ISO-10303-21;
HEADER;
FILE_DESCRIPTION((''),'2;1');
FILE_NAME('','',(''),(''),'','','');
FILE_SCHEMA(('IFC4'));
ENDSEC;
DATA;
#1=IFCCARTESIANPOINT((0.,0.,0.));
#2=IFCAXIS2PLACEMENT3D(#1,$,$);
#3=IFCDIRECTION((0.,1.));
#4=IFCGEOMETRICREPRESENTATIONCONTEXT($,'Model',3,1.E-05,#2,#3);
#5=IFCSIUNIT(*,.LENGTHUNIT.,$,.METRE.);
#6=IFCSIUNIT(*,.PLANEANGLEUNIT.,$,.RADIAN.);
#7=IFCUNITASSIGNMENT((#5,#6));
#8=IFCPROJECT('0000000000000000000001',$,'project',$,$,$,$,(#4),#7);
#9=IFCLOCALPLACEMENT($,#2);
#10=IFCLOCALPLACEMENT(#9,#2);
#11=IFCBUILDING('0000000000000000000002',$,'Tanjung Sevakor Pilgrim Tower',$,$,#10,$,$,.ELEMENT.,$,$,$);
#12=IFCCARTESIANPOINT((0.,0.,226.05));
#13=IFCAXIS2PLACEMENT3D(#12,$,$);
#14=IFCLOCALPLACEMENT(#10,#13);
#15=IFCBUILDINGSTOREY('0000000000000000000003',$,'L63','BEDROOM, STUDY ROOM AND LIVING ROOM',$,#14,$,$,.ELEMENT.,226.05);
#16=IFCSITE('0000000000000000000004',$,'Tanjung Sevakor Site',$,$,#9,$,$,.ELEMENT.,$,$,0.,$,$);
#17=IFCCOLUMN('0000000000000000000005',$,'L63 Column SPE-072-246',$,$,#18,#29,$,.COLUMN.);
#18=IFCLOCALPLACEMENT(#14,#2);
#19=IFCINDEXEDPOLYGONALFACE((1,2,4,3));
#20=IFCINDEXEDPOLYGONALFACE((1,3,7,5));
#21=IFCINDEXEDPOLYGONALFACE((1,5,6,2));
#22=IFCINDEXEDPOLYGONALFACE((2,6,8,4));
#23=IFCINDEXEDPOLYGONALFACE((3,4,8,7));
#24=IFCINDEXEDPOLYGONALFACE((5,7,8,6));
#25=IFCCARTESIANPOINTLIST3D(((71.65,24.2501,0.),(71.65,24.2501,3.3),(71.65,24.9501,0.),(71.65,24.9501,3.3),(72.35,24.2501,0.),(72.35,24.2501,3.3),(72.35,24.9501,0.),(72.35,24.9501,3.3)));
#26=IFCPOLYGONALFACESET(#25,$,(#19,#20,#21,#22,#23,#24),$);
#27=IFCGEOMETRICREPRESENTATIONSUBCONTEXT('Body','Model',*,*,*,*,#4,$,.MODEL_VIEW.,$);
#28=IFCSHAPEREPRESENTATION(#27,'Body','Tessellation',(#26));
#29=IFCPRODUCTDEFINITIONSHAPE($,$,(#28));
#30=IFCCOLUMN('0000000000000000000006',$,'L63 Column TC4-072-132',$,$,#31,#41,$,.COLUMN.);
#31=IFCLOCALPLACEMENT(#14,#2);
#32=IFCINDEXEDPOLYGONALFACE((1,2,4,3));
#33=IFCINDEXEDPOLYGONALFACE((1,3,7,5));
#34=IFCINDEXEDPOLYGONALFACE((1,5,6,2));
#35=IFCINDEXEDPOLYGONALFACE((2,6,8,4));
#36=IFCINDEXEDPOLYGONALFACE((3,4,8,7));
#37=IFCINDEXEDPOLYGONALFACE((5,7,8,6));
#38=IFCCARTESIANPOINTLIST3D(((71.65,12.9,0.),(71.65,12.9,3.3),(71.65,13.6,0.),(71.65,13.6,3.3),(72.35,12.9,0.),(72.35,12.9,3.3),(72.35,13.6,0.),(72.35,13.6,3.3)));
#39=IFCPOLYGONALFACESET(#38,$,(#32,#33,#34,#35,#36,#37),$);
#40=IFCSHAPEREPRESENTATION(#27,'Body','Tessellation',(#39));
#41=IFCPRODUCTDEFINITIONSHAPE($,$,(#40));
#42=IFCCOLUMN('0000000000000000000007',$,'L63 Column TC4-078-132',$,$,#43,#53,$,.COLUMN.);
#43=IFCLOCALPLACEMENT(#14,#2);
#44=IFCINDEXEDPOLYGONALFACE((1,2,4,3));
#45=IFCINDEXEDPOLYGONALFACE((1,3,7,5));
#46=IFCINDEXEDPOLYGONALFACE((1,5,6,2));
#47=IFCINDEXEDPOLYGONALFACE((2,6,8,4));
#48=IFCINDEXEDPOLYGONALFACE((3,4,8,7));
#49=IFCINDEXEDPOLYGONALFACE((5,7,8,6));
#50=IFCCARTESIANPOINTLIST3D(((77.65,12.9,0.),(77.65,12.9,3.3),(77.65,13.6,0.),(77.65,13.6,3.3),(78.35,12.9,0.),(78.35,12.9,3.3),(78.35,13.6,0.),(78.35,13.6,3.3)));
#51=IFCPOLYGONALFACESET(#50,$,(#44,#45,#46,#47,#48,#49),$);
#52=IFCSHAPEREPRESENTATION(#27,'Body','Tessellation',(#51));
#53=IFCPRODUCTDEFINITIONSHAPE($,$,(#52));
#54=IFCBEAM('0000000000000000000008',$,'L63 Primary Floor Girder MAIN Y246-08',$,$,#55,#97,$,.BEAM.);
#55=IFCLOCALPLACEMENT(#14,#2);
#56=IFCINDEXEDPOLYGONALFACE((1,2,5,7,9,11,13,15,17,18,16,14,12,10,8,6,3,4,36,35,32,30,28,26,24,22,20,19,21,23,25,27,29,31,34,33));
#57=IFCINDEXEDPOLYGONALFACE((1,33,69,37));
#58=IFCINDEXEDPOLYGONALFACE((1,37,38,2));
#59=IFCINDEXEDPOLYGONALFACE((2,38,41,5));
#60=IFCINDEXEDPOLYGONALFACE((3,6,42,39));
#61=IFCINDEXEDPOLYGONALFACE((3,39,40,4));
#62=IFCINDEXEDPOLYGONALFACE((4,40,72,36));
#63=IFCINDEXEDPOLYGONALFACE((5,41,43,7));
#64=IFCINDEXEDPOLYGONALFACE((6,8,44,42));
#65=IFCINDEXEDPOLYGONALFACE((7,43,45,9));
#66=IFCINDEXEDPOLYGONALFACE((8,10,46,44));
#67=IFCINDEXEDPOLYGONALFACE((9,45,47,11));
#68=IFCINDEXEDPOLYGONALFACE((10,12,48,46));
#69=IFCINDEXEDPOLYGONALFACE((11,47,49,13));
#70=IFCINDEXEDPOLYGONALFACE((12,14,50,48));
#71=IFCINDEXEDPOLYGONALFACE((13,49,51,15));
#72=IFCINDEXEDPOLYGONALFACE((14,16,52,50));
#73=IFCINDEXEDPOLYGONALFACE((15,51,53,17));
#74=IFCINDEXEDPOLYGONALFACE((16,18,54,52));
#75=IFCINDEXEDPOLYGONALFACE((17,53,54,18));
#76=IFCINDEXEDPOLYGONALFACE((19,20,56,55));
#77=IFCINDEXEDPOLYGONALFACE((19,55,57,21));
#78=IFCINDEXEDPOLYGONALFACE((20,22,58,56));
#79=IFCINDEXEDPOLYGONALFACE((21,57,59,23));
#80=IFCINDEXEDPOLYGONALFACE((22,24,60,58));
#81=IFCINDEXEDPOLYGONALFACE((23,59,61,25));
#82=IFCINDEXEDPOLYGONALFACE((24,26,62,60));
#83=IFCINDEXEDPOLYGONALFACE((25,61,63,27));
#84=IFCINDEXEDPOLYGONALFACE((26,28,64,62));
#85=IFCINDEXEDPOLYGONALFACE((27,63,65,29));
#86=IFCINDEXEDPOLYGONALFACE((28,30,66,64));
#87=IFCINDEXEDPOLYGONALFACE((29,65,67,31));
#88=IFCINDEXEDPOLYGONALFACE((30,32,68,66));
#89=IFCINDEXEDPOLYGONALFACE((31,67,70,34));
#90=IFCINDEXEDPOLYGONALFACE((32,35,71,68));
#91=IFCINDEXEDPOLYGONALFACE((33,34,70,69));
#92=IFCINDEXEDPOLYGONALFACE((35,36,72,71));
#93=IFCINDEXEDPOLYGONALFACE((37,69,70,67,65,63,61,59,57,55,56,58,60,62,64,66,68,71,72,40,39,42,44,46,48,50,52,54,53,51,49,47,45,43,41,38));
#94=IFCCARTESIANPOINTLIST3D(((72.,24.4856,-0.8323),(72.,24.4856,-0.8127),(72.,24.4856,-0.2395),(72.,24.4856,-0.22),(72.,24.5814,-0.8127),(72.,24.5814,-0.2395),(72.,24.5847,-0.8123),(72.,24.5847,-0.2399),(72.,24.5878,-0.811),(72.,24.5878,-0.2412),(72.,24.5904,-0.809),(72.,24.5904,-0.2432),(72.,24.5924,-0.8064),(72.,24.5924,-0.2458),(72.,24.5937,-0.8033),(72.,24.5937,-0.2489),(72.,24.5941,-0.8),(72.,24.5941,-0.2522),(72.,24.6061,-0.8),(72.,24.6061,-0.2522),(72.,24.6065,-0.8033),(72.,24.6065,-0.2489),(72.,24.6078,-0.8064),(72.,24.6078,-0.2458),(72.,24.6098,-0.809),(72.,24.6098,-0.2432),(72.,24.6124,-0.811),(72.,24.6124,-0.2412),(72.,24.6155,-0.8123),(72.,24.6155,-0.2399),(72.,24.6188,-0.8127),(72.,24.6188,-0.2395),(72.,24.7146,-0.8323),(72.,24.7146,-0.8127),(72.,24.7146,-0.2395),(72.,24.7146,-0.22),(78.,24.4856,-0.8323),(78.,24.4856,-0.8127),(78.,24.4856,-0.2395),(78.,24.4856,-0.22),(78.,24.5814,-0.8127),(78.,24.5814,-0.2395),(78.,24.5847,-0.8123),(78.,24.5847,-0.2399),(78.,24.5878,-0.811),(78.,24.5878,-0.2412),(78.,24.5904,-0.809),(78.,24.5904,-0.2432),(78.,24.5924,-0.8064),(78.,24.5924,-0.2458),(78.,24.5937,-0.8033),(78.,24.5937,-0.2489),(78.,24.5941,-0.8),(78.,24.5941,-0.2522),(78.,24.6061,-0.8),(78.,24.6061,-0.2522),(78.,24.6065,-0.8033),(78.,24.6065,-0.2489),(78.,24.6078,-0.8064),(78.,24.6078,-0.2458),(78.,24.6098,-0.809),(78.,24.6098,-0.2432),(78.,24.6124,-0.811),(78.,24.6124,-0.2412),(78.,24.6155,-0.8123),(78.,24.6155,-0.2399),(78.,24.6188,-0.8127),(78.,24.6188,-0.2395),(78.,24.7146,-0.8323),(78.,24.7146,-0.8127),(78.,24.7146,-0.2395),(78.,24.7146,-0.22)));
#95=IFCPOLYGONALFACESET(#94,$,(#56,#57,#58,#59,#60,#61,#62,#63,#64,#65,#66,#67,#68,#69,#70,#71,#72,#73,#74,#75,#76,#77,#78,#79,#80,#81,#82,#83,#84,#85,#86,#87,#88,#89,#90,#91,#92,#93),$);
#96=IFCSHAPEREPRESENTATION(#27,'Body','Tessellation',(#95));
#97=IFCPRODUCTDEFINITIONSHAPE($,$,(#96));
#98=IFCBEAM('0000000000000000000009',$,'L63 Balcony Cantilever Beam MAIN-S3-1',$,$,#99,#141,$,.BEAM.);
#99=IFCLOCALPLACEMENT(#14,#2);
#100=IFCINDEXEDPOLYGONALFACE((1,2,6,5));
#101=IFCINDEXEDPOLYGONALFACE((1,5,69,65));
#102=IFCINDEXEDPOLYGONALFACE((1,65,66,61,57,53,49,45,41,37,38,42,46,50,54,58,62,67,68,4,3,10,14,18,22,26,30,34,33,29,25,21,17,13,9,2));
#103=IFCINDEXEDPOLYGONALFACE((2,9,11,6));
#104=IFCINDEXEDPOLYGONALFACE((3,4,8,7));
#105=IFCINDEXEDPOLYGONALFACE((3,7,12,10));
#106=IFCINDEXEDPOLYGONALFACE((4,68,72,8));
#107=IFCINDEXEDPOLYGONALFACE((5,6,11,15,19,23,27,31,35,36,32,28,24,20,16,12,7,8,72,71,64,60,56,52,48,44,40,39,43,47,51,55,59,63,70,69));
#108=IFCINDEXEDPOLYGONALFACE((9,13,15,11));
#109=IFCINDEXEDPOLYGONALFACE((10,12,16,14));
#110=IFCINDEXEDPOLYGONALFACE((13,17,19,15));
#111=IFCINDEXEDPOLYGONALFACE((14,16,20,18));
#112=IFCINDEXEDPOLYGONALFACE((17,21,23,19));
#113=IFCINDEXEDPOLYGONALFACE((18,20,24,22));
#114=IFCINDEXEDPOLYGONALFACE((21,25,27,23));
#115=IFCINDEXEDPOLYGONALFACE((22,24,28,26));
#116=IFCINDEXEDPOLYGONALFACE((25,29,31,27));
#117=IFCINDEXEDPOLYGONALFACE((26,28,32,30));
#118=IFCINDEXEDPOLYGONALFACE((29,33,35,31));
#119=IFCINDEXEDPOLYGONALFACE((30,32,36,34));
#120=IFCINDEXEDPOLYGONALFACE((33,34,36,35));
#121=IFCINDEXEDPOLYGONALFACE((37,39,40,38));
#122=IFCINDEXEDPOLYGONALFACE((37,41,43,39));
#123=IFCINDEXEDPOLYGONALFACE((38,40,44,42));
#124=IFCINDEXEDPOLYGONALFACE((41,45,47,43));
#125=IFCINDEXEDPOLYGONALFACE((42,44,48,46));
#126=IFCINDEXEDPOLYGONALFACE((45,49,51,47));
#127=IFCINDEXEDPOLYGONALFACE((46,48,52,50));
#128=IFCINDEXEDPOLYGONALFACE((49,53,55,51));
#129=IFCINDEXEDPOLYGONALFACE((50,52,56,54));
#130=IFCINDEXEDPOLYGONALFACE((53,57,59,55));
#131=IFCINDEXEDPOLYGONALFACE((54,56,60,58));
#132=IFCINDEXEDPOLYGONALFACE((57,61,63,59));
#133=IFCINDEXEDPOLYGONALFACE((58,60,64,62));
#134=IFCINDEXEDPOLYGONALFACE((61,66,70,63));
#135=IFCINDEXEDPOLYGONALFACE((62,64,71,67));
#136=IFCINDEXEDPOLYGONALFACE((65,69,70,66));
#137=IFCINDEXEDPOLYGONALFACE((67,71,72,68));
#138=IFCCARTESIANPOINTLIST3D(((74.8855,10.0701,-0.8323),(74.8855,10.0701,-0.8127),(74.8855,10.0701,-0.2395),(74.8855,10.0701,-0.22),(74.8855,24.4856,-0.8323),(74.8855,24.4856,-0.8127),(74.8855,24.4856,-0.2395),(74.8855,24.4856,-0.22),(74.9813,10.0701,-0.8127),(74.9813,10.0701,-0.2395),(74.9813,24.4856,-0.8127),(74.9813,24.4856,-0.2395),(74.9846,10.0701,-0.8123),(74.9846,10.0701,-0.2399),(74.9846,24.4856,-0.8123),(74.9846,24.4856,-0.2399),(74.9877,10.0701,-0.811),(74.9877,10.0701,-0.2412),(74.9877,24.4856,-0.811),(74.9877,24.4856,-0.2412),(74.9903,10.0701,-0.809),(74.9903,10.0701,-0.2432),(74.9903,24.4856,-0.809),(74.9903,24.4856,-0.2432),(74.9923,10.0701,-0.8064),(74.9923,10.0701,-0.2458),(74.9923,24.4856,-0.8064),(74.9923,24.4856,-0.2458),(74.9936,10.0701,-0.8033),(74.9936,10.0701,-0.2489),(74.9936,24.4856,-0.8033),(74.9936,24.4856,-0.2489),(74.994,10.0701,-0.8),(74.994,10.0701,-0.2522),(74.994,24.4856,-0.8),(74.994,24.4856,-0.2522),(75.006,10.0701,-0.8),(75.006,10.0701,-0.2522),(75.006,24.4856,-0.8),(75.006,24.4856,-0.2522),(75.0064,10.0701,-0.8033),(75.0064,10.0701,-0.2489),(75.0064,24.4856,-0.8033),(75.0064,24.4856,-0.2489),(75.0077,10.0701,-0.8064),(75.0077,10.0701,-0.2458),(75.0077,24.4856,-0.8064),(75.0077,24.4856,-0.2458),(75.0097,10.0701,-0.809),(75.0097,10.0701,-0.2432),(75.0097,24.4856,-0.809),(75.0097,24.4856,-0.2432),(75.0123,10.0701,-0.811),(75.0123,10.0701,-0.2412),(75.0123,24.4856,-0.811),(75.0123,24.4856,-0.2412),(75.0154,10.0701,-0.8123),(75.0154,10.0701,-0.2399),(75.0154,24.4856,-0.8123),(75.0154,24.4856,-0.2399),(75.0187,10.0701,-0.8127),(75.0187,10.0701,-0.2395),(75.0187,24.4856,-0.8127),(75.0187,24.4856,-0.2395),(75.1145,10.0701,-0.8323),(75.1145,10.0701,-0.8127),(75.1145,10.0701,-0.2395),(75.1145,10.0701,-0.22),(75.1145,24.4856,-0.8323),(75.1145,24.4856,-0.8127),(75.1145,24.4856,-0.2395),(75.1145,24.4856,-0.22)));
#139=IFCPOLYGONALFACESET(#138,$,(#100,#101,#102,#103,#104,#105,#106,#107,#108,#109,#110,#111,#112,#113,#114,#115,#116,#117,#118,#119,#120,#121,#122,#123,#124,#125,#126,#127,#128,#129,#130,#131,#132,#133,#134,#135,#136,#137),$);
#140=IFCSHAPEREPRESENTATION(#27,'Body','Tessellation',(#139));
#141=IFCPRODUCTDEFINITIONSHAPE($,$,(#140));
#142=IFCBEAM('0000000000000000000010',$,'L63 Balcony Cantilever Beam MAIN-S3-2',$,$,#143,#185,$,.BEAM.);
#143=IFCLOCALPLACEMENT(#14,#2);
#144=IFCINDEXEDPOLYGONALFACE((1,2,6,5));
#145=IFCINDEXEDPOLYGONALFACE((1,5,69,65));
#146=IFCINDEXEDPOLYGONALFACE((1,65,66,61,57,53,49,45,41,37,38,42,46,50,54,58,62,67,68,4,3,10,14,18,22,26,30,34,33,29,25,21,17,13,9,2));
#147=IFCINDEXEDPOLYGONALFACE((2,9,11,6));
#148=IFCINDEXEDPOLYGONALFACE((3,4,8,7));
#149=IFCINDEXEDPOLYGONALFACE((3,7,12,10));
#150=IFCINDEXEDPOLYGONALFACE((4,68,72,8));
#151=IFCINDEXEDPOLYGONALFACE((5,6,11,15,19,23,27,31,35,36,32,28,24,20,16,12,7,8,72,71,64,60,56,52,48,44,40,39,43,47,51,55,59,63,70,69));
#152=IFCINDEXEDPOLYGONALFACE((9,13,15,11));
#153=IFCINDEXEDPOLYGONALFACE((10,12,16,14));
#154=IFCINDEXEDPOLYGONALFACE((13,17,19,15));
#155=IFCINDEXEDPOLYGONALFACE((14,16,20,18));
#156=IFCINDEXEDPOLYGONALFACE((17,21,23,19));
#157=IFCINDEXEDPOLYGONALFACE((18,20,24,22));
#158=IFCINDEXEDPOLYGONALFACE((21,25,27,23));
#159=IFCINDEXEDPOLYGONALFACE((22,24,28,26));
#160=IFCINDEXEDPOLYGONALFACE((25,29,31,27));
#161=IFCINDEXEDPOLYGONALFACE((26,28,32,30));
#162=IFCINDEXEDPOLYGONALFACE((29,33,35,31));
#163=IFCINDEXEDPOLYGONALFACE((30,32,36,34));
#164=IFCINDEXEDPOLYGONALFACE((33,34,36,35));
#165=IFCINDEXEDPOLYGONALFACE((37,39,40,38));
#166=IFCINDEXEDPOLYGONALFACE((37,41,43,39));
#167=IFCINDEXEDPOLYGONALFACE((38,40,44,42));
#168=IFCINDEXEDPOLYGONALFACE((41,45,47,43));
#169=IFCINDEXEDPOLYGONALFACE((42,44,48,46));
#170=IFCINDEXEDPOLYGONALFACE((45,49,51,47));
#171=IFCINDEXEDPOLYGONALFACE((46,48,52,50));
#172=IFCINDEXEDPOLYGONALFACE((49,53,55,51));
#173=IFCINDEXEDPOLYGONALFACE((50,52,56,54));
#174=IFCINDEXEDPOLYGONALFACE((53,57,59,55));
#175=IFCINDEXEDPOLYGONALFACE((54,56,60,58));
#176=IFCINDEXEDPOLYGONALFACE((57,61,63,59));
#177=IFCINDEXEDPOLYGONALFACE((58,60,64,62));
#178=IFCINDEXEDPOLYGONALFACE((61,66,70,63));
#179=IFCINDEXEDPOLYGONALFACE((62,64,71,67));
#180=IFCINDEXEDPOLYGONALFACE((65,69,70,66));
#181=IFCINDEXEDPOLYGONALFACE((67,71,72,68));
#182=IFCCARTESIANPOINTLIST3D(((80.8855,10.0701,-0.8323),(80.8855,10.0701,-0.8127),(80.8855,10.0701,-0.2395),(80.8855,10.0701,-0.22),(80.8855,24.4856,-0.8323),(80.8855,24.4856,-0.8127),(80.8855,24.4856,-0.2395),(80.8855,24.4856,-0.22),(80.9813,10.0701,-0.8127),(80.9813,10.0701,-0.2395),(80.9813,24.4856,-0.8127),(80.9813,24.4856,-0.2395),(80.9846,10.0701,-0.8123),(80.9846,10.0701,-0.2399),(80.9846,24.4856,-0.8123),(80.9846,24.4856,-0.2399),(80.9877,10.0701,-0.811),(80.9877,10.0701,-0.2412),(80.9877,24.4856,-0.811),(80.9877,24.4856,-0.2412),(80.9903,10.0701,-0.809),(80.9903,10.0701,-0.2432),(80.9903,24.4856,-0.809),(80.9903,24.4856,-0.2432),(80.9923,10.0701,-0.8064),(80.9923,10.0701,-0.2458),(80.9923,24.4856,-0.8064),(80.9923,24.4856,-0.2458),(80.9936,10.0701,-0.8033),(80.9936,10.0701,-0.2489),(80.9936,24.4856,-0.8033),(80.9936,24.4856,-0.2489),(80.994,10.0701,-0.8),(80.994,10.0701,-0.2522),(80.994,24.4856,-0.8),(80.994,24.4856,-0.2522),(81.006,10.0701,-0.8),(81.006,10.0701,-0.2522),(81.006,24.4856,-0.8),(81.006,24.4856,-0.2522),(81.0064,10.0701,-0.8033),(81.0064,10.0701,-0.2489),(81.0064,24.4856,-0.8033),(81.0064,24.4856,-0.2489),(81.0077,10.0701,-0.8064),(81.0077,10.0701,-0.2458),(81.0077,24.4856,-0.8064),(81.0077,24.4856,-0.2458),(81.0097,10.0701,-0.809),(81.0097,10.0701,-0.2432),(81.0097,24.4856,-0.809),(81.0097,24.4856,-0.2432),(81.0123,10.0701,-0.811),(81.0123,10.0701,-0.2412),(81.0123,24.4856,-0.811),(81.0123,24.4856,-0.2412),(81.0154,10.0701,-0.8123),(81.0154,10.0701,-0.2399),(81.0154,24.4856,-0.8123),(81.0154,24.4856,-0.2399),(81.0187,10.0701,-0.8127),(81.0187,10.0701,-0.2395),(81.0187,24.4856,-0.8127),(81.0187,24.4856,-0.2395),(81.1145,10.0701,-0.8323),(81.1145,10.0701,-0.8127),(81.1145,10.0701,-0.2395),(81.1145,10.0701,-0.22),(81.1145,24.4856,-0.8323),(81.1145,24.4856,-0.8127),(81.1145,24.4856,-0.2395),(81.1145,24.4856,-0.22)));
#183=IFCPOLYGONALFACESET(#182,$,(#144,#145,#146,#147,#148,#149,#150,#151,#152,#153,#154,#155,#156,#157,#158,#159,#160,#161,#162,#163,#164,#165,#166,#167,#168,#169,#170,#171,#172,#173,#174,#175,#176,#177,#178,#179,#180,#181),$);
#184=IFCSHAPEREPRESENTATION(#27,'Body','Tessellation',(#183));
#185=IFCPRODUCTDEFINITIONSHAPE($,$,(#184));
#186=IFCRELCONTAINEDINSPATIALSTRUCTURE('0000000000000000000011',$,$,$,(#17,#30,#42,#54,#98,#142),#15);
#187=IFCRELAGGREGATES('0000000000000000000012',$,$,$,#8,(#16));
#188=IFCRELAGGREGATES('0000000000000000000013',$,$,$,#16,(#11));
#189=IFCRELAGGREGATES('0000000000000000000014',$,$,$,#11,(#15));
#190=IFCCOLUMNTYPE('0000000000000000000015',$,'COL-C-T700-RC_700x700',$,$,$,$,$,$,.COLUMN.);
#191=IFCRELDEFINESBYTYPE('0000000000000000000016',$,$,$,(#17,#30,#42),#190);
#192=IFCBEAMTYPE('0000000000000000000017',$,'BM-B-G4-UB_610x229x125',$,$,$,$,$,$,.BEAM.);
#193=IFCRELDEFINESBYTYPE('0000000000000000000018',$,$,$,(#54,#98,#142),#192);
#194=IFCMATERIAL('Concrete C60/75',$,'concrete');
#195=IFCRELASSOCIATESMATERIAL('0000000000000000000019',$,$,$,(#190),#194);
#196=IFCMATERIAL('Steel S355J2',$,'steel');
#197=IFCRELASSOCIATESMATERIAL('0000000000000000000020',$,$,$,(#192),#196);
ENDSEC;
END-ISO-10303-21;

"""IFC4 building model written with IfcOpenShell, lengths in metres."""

from ifc_helpers import new_model, si_unit, direction, frame, origin, origin_2d, place, context, subcontext, project, spatial, rectangle, i_section, extrude, material, material_profile, profile_set, type_object, element, save


model = new_model("IFC4")

# Units and contexts
model_context = context("Model", 3, precision=1e-05, world=origin(), true_north=direction((0.0, 1.0)))
body_context = subcontext(model_context, "Body", "Model", "MODEL_VIEW")
ifc_project = project(units=[si_unit("LENGTHUNIT", "METRE"), si_unit("PLANEANGLEUNIT", "RADIAN")], contexts=[model_context])

# Site, building, storey
site_placement = place(None, origin())
site = spatial("IfcSite", under=ifc_project, at=site_placement, Name="Tanjung Sevakor Site", CompositionType="ELEMENT", RefElevation=0.0)
building_placement = place(site_placement, origin())
building = spatial("IfcBuilding", under=site, at=building_placement, Name="Tanjung Sevakor Pilgrim Tower", CompositionType="ELEMENT")
storey_placement = place(building_placement, frame((0.0, 0.0, 226.05)))
storey = spatial("IfcBuildingStorey", under=building, at=storey_placement, Name="L63", Description="BEDROOM, STUDY ROOM AND LIVING ROOM", CompositionType="ELEMENT", Elevation=226.05)

# Columns
ifc_material_1 = material(Name="Concrete C60/75", Category="concrete")
ifc_material_profile_1 = material_profile(ifc_material_1, rectangle(XDim=0.7, YDim=0.7, at=origin_2d()))
ifc_profile_set_1 = profile_set([ifc_material_profile_1], Name="Concrete C60/75")
column_type = type_object("IfcColumnType", Name="COL-C-T700-RC_700x700", PredefinedType="COLUMN", material=ifc_profile_set_1)
for number, where, z_axis, x_axis, name in (
    (1, (72.0, 24.6001, 0.0), (0.0, 0.0, 1.0), (1.0, 0.0, 0.0), "L63 Column SPE-072-246"),
    (2, (72.0, 13.25, 0.0), (0.0, 0.0, 1.0), (1.0, 0.0, 0.0), "L63 Column TC4-072-132"),
    (3, (78.0, 13.25, 0.0), (0.0, 0.0, 1.0), (1.0, 0.0, 0.0), "L63 Column TC4-078-132"),
):
    element("IfcColumn", number, at=place(storey_placement, frame(where, z_axis=z_axis, x_axis=x_axis)), inside=storey, type_object=column_type, Name=name, PredefinedType="COLUMN", context=body_context, shape_type="SweptSolid", body=[
        extrude(rectangle(XDim=0.7, YDim=0.7, at=origin_2d()), origin(), (0.0, 0.0, 1.0), 3.3),
    ])

# Beams
ifc_material_2 = material(Name="Steel S355J2", Category="steel")
ifc_material_profile_2 = material_profile(ifc_material_2, i_section(OverallWidth=0.229, OverallDepth=0.6123, WebThickness=0.012, FlangeThickness=0.0195, FilletRadius=0.0127, at=origin_2d()))
ifc_profile_set_2 = profile_set([ifc_material_profile_2], Name="Steel S355J2")
beam_type_1 = type_object("IfcBeamType", Name="BM-B-G4-UB_610x229x125", PredefinedType="BEAM", material=ifc_profile_set_2)
beam_1_placement = place(storey_placement, frame((72.0, 24.6001, -0.5261), z_axis=(1.0, 0.0, 0.0), x_axis=(0.0, 1.0, 0.0)))
element("IfcBeam", 4, at=beam_1_placement, inside=storey, type_object=beam_type_1, Name="L63 Primary Floor Girder MAIN Y246-08", PredefinedType="BEAM", context=body_context, shape_type="SweptSolid", body=[
    extrude(i_section(OverallWidth=0.229, OverallDepth=0.6123, WebThickness=0.012, FlangeThickness=0.0195, FilletRadius=0.0127, at=origin_2d()), origin(), (0.0, 0.0, 1.0), 6.0),
])
for number, where, z_axis, x_axis, name in (
    (5, (75.0, 24.4856, -0.5261), (0.0, -1.0, 0.0), (1.0, 0.0, 0.0), "L63 Balcony Cantilever Beam MAIN-S3-1"),
    (6, (81.0, 24.4856, -0.5261), (0.0, -1.0, 0.0), (1.0, 0.0, 0.0), "L63 Balcony Cantilever Beam MAIN-S3-2"),
):
    element("IfcBeam", number, at=place(storey_placement, frame(where, z_axis=z_axis, x_axis=x_axis)), inside=storey, type_object=beam_type_1, Name=name, PredefinedType="BEAM", context=body_context, shape_type="SweptSolid", body=[
        extrude(i_section(OverallWidth=0.229, OverallDepth=0.6123, WebThickness=0.012, FlangeThickness=0.0195, FilletRadius=0.0127, at=origin_2d()), origin(), (0.0, 0.0, 1.0), 14.4155),
    ])

save(model, "model.ifc")
